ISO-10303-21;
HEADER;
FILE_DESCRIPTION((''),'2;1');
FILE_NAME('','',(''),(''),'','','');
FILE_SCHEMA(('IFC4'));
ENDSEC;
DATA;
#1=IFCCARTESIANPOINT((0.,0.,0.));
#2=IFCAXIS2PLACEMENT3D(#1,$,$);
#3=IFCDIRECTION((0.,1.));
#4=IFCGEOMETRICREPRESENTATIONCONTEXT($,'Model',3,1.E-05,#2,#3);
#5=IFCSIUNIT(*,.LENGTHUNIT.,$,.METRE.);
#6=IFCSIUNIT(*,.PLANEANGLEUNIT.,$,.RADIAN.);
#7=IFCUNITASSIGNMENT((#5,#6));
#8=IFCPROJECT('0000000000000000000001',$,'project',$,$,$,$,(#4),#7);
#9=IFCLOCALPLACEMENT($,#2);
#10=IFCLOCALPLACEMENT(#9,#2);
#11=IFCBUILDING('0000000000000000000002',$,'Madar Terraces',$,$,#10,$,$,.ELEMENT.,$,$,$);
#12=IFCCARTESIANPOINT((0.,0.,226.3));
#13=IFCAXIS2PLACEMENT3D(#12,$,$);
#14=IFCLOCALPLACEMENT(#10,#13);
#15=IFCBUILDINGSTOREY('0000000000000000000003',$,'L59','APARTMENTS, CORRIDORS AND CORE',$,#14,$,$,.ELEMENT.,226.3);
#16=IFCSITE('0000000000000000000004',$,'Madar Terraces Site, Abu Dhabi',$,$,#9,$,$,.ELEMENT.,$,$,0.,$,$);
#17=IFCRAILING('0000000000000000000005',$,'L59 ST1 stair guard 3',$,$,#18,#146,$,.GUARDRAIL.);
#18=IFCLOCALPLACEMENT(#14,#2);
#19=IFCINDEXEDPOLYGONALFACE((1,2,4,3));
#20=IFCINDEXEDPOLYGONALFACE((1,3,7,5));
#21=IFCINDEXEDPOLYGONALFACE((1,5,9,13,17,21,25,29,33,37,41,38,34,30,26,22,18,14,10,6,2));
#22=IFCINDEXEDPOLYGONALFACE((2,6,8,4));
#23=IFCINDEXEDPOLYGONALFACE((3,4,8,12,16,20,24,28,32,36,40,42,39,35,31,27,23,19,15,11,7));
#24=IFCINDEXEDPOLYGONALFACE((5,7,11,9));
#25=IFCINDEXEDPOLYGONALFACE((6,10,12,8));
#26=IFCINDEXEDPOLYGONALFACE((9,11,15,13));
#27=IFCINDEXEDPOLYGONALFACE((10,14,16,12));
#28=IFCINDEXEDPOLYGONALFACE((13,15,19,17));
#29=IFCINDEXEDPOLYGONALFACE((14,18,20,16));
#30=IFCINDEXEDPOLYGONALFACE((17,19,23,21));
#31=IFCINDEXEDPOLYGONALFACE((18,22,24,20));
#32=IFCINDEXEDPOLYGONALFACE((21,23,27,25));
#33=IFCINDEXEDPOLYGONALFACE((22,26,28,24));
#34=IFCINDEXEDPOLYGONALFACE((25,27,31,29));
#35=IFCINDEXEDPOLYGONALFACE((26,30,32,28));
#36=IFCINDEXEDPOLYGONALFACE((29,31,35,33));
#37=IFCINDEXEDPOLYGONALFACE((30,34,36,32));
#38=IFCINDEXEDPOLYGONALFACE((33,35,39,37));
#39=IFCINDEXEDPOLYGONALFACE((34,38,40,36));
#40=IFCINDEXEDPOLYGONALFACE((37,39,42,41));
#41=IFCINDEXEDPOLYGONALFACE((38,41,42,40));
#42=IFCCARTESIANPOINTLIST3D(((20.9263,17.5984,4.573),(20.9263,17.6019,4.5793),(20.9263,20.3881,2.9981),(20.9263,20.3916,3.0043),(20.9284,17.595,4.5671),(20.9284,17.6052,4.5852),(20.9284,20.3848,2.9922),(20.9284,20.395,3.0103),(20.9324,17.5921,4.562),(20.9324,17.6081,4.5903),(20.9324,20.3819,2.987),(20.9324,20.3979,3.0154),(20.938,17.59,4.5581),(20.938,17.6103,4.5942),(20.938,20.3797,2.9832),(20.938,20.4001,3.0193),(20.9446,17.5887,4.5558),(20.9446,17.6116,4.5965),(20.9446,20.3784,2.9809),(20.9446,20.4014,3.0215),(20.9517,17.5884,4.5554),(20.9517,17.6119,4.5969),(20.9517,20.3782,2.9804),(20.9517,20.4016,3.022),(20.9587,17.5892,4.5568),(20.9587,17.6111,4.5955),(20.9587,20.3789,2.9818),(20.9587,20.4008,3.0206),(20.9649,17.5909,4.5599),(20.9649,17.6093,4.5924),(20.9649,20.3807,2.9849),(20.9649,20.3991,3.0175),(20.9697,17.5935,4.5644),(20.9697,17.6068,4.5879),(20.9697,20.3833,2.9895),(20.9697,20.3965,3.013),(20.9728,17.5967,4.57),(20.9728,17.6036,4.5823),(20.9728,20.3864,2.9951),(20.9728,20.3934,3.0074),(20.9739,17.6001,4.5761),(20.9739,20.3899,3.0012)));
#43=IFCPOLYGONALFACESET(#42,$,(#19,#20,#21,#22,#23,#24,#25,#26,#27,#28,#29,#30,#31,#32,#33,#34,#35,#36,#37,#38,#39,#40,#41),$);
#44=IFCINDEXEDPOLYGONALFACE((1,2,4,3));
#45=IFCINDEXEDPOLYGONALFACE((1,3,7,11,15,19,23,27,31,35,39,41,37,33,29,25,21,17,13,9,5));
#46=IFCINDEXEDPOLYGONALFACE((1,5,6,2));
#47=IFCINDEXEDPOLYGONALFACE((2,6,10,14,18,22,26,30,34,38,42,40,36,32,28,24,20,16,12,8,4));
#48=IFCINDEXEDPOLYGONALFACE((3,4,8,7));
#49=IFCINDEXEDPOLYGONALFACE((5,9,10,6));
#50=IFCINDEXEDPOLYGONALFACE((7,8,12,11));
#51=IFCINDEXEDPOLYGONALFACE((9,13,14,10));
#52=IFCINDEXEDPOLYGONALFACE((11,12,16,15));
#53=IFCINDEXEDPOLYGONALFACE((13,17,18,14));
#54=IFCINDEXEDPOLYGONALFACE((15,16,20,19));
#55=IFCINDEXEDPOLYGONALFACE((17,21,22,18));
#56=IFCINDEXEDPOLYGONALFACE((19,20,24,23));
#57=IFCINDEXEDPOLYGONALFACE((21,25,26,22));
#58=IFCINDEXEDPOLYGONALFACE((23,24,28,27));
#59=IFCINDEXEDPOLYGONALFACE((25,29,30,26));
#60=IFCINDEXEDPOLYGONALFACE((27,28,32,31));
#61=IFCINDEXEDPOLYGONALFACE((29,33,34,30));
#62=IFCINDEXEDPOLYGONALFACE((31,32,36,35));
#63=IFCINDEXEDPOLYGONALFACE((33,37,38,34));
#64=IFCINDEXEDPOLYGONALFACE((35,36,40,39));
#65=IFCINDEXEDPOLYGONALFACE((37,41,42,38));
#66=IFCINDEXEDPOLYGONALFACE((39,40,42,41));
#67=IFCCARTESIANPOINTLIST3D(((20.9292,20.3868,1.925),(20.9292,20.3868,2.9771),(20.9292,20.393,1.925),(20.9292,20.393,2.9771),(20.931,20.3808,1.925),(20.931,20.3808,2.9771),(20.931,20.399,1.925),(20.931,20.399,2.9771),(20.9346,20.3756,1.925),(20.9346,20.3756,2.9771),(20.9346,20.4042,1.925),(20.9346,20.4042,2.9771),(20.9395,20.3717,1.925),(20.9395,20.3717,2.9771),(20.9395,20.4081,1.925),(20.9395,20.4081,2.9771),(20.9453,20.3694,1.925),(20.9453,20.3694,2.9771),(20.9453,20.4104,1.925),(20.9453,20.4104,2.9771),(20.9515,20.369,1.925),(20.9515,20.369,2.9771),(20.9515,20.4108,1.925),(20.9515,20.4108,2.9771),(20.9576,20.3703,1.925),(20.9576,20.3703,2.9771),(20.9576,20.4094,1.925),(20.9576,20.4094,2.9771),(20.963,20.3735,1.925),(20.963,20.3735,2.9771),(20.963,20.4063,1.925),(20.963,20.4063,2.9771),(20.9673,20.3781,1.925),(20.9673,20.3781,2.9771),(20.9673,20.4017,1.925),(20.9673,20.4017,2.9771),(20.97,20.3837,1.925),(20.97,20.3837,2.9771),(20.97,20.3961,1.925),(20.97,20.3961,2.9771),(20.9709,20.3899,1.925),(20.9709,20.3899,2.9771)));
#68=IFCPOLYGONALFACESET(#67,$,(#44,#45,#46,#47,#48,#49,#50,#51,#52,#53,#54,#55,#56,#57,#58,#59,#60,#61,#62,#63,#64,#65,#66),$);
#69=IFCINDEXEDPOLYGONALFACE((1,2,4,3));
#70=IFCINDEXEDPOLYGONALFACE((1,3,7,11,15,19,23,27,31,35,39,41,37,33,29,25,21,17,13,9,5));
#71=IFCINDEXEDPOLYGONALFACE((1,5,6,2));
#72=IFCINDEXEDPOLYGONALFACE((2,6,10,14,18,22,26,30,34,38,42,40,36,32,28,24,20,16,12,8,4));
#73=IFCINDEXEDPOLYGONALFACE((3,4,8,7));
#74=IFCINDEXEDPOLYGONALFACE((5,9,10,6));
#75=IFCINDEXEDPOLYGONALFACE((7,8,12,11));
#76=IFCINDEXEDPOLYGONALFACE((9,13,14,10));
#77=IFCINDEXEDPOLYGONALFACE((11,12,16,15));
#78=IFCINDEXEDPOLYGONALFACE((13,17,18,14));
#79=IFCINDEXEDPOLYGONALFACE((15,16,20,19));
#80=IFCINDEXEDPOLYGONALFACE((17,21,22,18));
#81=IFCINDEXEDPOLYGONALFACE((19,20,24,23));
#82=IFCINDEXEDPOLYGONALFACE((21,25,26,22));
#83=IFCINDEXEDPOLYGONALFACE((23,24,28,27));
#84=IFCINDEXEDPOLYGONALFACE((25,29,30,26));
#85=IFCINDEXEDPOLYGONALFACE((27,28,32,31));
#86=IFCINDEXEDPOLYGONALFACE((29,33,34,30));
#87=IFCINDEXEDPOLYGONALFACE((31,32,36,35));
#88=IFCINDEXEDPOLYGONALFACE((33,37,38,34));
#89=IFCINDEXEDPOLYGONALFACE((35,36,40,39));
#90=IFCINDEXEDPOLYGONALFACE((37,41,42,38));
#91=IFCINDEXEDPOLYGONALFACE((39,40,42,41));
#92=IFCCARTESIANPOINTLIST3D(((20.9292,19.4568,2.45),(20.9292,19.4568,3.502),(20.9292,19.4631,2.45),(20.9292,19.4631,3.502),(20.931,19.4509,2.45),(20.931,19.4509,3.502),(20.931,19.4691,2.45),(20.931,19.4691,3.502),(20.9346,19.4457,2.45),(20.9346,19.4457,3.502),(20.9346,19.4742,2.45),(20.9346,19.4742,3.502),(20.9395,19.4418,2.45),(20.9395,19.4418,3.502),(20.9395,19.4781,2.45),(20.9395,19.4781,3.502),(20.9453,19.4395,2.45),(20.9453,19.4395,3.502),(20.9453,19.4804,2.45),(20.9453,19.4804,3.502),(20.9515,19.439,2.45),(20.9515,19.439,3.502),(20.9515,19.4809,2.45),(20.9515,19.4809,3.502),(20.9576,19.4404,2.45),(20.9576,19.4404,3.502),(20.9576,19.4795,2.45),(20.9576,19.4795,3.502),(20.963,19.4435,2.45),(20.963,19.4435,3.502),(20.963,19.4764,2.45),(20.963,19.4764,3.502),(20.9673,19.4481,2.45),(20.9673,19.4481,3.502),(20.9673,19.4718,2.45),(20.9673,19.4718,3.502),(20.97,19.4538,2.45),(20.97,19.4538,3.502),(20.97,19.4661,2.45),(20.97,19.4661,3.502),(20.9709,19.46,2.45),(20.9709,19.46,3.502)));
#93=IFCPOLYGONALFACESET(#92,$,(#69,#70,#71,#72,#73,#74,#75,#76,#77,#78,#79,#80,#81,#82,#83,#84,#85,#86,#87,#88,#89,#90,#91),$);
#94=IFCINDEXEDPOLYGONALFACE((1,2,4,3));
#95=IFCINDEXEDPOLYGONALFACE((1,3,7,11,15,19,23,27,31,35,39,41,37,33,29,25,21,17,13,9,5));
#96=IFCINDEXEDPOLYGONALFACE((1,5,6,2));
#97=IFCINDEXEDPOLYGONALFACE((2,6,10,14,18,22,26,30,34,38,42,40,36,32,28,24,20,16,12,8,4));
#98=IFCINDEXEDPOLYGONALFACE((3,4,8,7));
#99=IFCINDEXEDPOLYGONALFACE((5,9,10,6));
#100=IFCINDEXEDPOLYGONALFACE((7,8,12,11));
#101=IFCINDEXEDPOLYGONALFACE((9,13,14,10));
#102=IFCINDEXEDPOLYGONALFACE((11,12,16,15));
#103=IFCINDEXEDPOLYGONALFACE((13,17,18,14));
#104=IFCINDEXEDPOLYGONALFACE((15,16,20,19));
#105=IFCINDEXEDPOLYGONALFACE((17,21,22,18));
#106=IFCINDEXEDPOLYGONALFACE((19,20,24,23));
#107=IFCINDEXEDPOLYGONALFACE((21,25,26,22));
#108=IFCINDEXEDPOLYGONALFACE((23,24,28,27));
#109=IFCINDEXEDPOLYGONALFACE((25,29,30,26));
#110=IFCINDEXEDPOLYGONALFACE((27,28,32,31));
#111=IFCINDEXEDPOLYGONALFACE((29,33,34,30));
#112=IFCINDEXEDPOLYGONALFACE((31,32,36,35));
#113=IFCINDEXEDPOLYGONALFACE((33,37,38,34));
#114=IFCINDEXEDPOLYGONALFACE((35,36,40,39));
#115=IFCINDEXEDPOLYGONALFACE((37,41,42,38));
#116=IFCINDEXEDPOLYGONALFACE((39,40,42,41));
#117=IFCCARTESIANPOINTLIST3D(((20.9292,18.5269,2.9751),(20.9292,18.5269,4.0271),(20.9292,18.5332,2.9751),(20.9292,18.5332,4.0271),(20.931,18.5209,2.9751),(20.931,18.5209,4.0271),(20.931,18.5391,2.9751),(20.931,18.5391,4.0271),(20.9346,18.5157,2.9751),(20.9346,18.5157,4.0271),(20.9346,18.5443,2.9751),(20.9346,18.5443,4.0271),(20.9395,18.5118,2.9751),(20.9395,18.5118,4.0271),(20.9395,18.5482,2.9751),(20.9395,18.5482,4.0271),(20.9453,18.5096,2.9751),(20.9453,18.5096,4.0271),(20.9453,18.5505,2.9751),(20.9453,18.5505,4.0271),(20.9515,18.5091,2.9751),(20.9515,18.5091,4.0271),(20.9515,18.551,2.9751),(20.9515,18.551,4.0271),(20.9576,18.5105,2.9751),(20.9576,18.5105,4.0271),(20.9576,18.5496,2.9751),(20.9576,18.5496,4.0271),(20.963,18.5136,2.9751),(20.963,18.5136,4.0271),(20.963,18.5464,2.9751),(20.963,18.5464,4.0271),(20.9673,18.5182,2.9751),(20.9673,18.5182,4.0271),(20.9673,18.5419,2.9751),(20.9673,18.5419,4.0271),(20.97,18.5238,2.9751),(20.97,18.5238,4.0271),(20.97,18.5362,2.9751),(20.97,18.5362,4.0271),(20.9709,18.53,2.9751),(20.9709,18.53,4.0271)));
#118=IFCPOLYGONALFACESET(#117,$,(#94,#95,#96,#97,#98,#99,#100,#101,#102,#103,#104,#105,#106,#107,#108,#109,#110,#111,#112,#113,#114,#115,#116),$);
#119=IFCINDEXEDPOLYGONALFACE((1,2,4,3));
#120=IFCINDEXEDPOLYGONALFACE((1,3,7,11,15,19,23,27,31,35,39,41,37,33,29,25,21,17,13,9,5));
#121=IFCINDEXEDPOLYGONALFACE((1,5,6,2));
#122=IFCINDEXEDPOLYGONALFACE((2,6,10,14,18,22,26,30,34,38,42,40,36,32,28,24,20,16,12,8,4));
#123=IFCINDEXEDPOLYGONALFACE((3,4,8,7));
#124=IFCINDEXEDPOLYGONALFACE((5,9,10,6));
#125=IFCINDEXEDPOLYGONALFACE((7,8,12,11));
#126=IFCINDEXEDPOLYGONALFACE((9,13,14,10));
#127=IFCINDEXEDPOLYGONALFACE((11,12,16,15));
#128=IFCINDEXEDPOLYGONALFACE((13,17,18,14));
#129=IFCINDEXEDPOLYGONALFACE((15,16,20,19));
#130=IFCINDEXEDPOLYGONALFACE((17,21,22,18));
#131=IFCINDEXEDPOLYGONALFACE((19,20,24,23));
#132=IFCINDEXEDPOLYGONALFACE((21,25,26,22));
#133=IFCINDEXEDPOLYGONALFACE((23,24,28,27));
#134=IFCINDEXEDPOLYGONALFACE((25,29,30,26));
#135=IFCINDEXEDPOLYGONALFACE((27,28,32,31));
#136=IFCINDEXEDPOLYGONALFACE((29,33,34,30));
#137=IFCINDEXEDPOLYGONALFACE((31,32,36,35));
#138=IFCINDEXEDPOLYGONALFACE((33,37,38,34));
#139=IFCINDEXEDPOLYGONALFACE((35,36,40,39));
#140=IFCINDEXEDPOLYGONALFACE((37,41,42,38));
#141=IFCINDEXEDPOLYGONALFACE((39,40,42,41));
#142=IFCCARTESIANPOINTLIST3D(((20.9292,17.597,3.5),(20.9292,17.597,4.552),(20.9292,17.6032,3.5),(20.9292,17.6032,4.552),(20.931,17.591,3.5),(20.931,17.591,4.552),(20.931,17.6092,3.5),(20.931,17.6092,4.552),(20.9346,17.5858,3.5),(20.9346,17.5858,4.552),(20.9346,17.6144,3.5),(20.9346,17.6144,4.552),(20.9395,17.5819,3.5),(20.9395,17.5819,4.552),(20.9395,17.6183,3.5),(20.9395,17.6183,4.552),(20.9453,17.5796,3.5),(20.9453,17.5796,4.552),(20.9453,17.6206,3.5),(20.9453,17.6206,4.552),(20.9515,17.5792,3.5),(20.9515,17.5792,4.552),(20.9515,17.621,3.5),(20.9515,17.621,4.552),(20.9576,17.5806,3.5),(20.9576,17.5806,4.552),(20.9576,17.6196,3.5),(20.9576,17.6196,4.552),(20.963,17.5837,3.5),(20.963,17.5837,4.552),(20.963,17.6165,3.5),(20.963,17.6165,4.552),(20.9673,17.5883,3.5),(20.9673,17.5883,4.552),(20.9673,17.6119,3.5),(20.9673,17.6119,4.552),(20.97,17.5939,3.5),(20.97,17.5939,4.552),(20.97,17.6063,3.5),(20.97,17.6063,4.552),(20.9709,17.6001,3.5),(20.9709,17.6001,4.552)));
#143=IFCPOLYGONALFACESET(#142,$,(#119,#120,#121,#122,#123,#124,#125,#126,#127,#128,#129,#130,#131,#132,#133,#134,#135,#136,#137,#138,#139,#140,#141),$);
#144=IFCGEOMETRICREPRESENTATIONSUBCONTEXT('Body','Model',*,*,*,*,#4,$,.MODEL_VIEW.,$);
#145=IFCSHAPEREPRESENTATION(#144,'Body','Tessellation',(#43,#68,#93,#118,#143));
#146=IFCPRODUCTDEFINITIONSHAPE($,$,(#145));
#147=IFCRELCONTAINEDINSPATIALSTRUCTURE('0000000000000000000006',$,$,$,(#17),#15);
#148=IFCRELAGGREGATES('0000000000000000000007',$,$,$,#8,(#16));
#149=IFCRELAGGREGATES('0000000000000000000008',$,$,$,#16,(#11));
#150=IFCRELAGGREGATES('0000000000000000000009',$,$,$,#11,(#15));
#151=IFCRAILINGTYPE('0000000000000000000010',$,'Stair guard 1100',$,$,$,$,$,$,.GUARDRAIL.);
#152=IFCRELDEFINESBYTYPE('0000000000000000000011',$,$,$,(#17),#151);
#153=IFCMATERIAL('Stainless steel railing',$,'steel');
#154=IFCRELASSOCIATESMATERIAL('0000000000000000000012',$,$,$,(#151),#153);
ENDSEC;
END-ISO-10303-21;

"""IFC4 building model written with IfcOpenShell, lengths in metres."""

from ifc_helpers import new_model, si_unit, direction, frame, origin, origin_2d, place, context, subcontext, project, spatial, circle, extrude, material, type_object, element, save


model = new_model("IFC4")

# Units and contexts
model_context = context("Model", 3, precision=1e-05, world=origin(), true_north=direction((0.0, 1.0)))
body_context = subcontext(model_context, "Body", "Model", "MODEL_VIEW")
ifc_project = project(units=[si_unit("LENGTHUNIT", "METRE"), si_unit("PLANEANGLEUNIT", "RADIAN")], contexts=[model_context])

# Site, building, storey
site_placement = place(None, origin())
site = spatial("IfcSite", under=ifc_project, at=site_placement, Name="Madar Terraces Site, Abu Dhabi", CompositionType="ELEMENT", RefElevation=0.0)
building_placement = place(site_placement, origin())
building = spatial("IfcBuilding", under=site, at=building_placement, Name="Madar Terraces", CompositionType="ELEMENT")
storey_placement = place(building_placement, frame((0.0, 0.0, 226.3)))
storey = spatial("IfcBuildingStorey", under=building, at=storey_placement, Name="L59", Description="APARTMENTS, CORRIDORS AND CORE", CompositionType="ELEMENT", Elevation=226.3)

# Railing
ifc_material_1 = material(Name="Stainless steel railing", Category="steel")
railing_type_1 = type_object("IfcRailingType", Name="Stair guard 1100", PredefinedType="GUARDRAIL", material=ifc_material_1)
railing_1_placement = place(storey_placement, frame((20.95, 20.3899, 1.925)))
element("IfcRailing", 1, at=railing_1_placement, inside=storey, type_object=railing_type_1, Name="L59 ST1 stair guard 3", PredefinedType="GUARDRAIL", context=body_context, shape_type="SweptSolid", body=[
    extrude(circle(Radius=0.0239, at=origin_2d()), frame((0.0, 0.0, 1.0762), z_axis=(0.0, -0.870815, 0.49161), x_axis=(1.0, 0.0, 0.0)), (0.0, 0.0, 1.0), 3.2036),
    extrude(circle(Radius=0.021, at=origin_2d()), origin(), (0.0, 0.0, 1.0), 1.052),
    extrude(circle(Radius=0.021, at=origin_2d()), frame((0.0, -0.9299, 0.5249)), (0.0, 0.0, 1.0), 1.052),
    extrude(circle(Radius=0.021, at=origin_2d()), frame((0.0, -1.8599, 1.05)), (0.0, 0.0, 1.0), 1.052),
    extrude(circle(Radius=0.021, at=origin_2d()), frame((0.0, -2.7898, 1.575)), (0.0, 0.0, 1.0), 1.052),
])

save(model, "model.ifc")
